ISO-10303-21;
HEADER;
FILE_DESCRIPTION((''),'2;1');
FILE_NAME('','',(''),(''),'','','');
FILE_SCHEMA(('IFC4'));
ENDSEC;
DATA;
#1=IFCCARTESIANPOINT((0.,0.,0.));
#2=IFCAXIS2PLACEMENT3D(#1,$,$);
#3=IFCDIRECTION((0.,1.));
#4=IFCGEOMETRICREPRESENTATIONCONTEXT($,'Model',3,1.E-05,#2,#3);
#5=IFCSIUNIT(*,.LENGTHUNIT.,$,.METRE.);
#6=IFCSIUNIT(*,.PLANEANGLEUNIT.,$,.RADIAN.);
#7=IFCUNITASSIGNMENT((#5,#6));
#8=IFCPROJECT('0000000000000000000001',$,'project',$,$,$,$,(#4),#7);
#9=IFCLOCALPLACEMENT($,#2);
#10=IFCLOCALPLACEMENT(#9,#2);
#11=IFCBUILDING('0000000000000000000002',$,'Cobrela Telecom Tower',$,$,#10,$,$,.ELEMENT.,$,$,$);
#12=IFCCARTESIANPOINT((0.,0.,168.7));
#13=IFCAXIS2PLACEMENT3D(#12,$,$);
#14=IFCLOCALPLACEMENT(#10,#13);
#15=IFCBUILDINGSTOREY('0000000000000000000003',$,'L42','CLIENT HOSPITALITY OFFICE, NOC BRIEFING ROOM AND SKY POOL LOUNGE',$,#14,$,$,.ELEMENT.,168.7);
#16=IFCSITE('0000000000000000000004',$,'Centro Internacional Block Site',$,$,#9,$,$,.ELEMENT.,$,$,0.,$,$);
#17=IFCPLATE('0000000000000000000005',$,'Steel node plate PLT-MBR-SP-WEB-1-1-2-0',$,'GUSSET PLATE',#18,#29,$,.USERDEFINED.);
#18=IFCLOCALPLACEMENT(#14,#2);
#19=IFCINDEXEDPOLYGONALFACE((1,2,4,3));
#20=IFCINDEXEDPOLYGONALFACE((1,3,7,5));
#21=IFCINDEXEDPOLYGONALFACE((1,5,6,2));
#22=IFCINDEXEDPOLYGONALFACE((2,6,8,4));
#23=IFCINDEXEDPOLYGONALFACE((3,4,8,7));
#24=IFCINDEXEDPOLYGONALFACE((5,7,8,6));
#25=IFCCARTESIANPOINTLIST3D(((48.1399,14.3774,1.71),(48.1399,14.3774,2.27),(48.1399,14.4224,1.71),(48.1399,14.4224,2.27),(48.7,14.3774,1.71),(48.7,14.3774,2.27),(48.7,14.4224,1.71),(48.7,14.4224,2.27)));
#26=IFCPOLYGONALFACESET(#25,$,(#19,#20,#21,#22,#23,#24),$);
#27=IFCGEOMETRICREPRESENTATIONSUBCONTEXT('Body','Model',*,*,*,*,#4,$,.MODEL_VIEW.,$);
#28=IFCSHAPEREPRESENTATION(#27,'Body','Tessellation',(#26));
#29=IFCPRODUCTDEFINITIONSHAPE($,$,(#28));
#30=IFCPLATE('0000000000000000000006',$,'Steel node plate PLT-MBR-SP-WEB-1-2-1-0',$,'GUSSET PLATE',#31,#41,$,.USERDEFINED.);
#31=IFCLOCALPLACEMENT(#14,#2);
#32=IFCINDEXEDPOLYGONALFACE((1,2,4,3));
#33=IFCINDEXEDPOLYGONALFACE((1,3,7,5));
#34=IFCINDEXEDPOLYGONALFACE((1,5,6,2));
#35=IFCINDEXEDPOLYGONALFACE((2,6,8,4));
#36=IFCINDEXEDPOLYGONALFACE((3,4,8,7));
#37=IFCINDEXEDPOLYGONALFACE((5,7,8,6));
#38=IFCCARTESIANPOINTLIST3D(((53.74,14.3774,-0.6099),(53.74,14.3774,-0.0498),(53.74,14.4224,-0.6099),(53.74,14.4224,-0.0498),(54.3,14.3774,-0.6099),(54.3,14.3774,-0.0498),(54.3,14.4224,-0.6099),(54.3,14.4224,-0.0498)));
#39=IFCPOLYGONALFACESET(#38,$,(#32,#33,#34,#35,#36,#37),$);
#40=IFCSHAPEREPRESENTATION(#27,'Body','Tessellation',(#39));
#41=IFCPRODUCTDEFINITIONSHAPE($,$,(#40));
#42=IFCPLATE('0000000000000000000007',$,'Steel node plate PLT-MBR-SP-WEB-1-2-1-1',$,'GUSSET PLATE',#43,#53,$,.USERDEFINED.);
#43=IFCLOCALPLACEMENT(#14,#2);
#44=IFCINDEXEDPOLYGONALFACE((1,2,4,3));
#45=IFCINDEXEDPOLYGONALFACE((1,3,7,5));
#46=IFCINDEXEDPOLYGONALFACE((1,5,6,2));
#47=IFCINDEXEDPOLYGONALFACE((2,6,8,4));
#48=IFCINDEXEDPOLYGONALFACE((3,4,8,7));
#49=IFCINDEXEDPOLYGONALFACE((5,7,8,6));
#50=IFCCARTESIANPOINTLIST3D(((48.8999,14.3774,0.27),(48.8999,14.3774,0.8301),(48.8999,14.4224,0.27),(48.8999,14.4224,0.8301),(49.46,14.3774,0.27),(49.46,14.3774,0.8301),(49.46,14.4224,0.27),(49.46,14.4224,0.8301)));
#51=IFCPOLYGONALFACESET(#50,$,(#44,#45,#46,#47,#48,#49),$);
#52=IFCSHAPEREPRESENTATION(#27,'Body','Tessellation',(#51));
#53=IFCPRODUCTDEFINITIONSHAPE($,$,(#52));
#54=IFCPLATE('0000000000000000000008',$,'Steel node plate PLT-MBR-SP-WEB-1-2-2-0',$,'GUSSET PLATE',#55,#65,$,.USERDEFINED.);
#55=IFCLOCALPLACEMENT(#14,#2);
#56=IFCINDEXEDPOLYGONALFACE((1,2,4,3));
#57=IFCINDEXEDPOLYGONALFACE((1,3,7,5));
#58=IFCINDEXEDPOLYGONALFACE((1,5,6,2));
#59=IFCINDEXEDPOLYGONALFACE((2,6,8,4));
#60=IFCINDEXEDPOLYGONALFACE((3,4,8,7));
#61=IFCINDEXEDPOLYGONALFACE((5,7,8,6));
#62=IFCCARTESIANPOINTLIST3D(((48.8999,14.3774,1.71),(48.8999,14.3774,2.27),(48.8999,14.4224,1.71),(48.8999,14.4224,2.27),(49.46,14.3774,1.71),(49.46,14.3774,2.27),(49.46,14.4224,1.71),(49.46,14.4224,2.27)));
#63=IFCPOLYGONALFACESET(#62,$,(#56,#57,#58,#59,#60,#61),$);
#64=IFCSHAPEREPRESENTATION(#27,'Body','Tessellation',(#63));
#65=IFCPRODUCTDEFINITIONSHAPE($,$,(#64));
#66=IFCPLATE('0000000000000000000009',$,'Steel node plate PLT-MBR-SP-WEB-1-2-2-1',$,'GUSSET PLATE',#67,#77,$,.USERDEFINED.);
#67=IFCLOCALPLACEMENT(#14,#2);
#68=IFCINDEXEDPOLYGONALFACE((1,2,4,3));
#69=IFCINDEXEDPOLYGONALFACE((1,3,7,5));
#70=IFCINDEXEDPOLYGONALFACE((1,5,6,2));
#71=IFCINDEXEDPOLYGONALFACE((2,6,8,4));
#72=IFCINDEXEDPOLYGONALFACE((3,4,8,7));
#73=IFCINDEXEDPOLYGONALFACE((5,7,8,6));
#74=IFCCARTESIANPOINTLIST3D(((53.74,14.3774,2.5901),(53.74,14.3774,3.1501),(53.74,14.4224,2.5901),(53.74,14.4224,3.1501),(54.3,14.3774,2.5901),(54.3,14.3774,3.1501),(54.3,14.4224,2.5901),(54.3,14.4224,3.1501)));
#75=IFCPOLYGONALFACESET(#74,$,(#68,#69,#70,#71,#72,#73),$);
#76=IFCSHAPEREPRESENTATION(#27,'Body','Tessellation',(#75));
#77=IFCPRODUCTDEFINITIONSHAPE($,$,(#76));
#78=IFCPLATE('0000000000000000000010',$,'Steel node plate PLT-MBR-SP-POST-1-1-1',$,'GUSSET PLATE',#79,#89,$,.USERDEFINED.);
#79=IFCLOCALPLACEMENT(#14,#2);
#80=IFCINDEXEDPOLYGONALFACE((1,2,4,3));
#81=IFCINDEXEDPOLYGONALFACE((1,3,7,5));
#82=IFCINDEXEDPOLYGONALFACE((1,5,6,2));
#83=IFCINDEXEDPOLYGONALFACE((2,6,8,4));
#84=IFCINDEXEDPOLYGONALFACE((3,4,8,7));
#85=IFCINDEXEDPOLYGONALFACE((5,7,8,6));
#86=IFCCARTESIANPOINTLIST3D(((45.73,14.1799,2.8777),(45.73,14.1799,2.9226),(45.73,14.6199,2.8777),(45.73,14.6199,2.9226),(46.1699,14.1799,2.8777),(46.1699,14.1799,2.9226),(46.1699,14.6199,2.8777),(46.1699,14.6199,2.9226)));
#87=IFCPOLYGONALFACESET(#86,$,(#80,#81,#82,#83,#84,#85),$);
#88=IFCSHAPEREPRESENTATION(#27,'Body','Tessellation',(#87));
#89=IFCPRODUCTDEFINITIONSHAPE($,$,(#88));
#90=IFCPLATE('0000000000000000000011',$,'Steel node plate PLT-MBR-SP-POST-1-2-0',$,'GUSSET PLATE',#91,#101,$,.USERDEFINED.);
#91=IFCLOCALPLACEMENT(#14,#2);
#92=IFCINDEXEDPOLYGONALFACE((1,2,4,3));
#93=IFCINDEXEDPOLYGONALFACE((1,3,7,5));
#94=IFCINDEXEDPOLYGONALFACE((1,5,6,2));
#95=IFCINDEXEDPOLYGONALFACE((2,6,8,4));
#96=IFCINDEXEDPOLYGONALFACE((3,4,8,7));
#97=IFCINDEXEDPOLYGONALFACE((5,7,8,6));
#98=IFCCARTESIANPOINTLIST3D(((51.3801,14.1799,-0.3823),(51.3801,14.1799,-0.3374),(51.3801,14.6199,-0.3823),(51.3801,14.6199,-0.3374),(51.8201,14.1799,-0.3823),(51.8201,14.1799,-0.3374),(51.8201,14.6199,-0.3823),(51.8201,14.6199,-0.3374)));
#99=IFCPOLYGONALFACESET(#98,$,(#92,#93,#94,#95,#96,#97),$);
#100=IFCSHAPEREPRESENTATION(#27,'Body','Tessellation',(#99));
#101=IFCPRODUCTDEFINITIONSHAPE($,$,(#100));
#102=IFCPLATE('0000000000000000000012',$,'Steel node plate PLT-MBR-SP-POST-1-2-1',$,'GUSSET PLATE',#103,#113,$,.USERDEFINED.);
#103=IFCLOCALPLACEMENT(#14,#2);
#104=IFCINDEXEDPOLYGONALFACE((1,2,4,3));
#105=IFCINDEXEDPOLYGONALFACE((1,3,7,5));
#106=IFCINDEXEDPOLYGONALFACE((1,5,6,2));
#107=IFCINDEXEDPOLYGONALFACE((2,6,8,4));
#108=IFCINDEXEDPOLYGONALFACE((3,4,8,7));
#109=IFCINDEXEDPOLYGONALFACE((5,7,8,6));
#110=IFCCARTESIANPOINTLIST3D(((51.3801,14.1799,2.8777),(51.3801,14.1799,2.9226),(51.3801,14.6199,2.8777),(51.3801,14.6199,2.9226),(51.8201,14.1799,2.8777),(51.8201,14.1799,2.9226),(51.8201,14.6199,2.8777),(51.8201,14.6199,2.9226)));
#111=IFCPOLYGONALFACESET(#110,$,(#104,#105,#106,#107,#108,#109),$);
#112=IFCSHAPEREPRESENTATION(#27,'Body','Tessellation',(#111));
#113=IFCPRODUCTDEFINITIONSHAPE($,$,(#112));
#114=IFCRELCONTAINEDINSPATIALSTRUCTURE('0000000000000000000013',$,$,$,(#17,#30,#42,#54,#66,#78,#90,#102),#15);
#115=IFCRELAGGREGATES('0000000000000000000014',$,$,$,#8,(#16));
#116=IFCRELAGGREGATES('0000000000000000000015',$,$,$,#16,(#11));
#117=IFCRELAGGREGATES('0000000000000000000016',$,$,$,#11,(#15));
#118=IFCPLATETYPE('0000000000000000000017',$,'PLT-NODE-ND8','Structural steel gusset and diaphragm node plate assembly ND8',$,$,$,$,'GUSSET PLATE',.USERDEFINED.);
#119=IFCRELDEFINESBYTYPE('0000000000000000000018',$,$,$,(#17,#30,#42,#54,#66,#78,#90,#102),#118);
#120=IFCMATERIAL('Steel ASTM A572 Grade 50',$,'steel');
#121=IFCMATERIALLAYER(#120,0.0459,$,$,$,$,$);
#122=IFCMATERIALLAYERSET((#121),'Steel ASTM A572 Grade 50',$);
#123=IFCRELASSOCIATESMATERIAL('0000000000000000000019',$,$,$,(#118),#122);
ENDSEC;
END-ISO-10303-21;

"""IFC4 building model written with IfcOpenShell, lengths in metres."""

from ifc_helpers import new_model, si_unit, direction, frame, origin, origin_2d, place, context, subcontext, project, spatial, rectangle, extrude, material, layer, layer_set, type_object, element, save


model = new_model("IFC4")

# Units and contexts
model_context = context("Model", 3, precision=1e-05, world=origin(), true_north=direction((0.0, 1.0)))
body_context = subcontext(model_context, "Body", "Model", "MODEL_VIEW")
ifc_project = project(units=[si_unit("LENGTHUNIT", "METRE"), si_unit("PLANEANGLEUNIT", "RADIAN")], contexts=[model_context])

# Site, building, storey
site_placement = place(None, origin())
site = spatial("IfcSite", under=ifc_project, at=site_placement, Name="Centro Internacional Block Site", CompositionType="ELEMENT", RefElevation=0.0)
building_placement = place(site_placement, origin())
building = spatial("IfcBuilding", under=site, at=building_placement, Name="Cobrela Telecom Tower", CompositionType="ELEMENT")
storey_placement = place(building_placement, frame((0.0, 0.0, 168.7)))
storey = spatial("IfcBuildingStorey", under=building, at=storey_placement, Name="L42", Description="CLIENT HOSPITALITY OFFICE, NOC BRIEFING ROOM AND SKY POOL LOUNGE", CompositionType="ELEMENT", Elevation=168.7)

# Shared definitions
ifc_material_1 = material(Name="Steel ASTM A572 Grade 50", Category="steel")

# Plates
ifc_layer_1 = layer(ifc_material_1, 0.0459)
ifc_layer_set_1 = layer_set([ifc_layer_1], Name="Steel ASTM A572 Grade 50")
plate_type_1 = type_object("IfcPlateType", Name="PLT-NODE-ND8", Description="Structural steel gusset and diaphragm node plate assembly ND8", ElementType="GUSSET PLATE", PredefinedType="USERDEFINED", material=ifc_layer_set_1)
for number, where, z_axis, x_axis, name in (
    (1, (48.4199, 14.3999, 1.71), (0.0, 0.0, 1.0), (-1.0, 0.0, 0.0), "Steel node plate PLT-MBR-SP-WEB-1-1-2-0"),
    (2, (54.02, 14.3999, -0.6099), (0.0, 0.0, 1.0), (-1.0, 0.0, 0.0), "Steel node plate PLT-MBR-SP-WEB-1-2-1-0"),
    (3, (49.1799, 14.3999, 0.27), (0.0, 0.0, 1.0), (-1.0, 0.0, 0.0), "Steel node plate PLT-MBR-SP-WEB-1-2-1-1"),
    (4, (49.1799, 14.3999, 1.71), (0.0, 0.0, 1.0), (1.0, 0.0, 0.0), "Steel node plate PLT-MBR-SP-WEB-1-2-2-0"),
    (5, (54.02, 14.3999, 2.5901), (0.0, 0.0, 1.0), (1.0, 0.0, 0.0), "Steel node plate PLT-MBR-SP-WEB-1-2-2-1"),
):
    element("IfcPlate", number, at=place(storey_placement, frame(where, z_axis=z_axis, x_axis=x_axis)), inside=storey, type_object=plate_type_1, Name=name, ObjectType="GUSSET PLATE", PredefinedType="USERDEFINED", context=body_context, shape_type="SweptSolid", body=[
        extrude(rectangle(XDim=0.5601, YDim=0.0449, at=origin_2d()), origin(), (0.0, 0.0, 1.0), 0.5601),
    ])
for number, where, z_axis, x_axis, name in (
    (6, (45.95, 14.3999, 2.8777), (0.0, 0.0, 1.0), (1.0, 0.0, 0.0), "Steel node plate PLT-MBR-SP-POST-1-1-1"),
    (7, (51.6001, 14.3999, -0.3823), (0.0, 0.0, 1.0), (1.0, 0.0, 0.0), "Steel node plate PLT-MBR-SP-POST-1-2-0"),
    (8, (51.6001, 14.3999, 2.8777), (0.0, 0.0, 1.0), (1.0, 0.0, 0.0), "Steel node plate PLT-MBR-SP-POST-1-2-1"),
):
    element("IfcPlate", number, at=place(storey_placement, frame(where, z_axis=z_axis, x_axis=x_axis)), inside=storey, type_object=plate_type_1, Name=name, ObjectType="GUSSET PLATE", PredefinedType="USERDEFINED", context=body_context, shape_type="SweptSolid", body=[
        extrude(rectangle(XDim=0.4399, YDim=0.4399, at=origin_2d()), origin(), (0.0, 0.0, 1.0), 0.0449),
    ])

save(model, "model.ifc")
